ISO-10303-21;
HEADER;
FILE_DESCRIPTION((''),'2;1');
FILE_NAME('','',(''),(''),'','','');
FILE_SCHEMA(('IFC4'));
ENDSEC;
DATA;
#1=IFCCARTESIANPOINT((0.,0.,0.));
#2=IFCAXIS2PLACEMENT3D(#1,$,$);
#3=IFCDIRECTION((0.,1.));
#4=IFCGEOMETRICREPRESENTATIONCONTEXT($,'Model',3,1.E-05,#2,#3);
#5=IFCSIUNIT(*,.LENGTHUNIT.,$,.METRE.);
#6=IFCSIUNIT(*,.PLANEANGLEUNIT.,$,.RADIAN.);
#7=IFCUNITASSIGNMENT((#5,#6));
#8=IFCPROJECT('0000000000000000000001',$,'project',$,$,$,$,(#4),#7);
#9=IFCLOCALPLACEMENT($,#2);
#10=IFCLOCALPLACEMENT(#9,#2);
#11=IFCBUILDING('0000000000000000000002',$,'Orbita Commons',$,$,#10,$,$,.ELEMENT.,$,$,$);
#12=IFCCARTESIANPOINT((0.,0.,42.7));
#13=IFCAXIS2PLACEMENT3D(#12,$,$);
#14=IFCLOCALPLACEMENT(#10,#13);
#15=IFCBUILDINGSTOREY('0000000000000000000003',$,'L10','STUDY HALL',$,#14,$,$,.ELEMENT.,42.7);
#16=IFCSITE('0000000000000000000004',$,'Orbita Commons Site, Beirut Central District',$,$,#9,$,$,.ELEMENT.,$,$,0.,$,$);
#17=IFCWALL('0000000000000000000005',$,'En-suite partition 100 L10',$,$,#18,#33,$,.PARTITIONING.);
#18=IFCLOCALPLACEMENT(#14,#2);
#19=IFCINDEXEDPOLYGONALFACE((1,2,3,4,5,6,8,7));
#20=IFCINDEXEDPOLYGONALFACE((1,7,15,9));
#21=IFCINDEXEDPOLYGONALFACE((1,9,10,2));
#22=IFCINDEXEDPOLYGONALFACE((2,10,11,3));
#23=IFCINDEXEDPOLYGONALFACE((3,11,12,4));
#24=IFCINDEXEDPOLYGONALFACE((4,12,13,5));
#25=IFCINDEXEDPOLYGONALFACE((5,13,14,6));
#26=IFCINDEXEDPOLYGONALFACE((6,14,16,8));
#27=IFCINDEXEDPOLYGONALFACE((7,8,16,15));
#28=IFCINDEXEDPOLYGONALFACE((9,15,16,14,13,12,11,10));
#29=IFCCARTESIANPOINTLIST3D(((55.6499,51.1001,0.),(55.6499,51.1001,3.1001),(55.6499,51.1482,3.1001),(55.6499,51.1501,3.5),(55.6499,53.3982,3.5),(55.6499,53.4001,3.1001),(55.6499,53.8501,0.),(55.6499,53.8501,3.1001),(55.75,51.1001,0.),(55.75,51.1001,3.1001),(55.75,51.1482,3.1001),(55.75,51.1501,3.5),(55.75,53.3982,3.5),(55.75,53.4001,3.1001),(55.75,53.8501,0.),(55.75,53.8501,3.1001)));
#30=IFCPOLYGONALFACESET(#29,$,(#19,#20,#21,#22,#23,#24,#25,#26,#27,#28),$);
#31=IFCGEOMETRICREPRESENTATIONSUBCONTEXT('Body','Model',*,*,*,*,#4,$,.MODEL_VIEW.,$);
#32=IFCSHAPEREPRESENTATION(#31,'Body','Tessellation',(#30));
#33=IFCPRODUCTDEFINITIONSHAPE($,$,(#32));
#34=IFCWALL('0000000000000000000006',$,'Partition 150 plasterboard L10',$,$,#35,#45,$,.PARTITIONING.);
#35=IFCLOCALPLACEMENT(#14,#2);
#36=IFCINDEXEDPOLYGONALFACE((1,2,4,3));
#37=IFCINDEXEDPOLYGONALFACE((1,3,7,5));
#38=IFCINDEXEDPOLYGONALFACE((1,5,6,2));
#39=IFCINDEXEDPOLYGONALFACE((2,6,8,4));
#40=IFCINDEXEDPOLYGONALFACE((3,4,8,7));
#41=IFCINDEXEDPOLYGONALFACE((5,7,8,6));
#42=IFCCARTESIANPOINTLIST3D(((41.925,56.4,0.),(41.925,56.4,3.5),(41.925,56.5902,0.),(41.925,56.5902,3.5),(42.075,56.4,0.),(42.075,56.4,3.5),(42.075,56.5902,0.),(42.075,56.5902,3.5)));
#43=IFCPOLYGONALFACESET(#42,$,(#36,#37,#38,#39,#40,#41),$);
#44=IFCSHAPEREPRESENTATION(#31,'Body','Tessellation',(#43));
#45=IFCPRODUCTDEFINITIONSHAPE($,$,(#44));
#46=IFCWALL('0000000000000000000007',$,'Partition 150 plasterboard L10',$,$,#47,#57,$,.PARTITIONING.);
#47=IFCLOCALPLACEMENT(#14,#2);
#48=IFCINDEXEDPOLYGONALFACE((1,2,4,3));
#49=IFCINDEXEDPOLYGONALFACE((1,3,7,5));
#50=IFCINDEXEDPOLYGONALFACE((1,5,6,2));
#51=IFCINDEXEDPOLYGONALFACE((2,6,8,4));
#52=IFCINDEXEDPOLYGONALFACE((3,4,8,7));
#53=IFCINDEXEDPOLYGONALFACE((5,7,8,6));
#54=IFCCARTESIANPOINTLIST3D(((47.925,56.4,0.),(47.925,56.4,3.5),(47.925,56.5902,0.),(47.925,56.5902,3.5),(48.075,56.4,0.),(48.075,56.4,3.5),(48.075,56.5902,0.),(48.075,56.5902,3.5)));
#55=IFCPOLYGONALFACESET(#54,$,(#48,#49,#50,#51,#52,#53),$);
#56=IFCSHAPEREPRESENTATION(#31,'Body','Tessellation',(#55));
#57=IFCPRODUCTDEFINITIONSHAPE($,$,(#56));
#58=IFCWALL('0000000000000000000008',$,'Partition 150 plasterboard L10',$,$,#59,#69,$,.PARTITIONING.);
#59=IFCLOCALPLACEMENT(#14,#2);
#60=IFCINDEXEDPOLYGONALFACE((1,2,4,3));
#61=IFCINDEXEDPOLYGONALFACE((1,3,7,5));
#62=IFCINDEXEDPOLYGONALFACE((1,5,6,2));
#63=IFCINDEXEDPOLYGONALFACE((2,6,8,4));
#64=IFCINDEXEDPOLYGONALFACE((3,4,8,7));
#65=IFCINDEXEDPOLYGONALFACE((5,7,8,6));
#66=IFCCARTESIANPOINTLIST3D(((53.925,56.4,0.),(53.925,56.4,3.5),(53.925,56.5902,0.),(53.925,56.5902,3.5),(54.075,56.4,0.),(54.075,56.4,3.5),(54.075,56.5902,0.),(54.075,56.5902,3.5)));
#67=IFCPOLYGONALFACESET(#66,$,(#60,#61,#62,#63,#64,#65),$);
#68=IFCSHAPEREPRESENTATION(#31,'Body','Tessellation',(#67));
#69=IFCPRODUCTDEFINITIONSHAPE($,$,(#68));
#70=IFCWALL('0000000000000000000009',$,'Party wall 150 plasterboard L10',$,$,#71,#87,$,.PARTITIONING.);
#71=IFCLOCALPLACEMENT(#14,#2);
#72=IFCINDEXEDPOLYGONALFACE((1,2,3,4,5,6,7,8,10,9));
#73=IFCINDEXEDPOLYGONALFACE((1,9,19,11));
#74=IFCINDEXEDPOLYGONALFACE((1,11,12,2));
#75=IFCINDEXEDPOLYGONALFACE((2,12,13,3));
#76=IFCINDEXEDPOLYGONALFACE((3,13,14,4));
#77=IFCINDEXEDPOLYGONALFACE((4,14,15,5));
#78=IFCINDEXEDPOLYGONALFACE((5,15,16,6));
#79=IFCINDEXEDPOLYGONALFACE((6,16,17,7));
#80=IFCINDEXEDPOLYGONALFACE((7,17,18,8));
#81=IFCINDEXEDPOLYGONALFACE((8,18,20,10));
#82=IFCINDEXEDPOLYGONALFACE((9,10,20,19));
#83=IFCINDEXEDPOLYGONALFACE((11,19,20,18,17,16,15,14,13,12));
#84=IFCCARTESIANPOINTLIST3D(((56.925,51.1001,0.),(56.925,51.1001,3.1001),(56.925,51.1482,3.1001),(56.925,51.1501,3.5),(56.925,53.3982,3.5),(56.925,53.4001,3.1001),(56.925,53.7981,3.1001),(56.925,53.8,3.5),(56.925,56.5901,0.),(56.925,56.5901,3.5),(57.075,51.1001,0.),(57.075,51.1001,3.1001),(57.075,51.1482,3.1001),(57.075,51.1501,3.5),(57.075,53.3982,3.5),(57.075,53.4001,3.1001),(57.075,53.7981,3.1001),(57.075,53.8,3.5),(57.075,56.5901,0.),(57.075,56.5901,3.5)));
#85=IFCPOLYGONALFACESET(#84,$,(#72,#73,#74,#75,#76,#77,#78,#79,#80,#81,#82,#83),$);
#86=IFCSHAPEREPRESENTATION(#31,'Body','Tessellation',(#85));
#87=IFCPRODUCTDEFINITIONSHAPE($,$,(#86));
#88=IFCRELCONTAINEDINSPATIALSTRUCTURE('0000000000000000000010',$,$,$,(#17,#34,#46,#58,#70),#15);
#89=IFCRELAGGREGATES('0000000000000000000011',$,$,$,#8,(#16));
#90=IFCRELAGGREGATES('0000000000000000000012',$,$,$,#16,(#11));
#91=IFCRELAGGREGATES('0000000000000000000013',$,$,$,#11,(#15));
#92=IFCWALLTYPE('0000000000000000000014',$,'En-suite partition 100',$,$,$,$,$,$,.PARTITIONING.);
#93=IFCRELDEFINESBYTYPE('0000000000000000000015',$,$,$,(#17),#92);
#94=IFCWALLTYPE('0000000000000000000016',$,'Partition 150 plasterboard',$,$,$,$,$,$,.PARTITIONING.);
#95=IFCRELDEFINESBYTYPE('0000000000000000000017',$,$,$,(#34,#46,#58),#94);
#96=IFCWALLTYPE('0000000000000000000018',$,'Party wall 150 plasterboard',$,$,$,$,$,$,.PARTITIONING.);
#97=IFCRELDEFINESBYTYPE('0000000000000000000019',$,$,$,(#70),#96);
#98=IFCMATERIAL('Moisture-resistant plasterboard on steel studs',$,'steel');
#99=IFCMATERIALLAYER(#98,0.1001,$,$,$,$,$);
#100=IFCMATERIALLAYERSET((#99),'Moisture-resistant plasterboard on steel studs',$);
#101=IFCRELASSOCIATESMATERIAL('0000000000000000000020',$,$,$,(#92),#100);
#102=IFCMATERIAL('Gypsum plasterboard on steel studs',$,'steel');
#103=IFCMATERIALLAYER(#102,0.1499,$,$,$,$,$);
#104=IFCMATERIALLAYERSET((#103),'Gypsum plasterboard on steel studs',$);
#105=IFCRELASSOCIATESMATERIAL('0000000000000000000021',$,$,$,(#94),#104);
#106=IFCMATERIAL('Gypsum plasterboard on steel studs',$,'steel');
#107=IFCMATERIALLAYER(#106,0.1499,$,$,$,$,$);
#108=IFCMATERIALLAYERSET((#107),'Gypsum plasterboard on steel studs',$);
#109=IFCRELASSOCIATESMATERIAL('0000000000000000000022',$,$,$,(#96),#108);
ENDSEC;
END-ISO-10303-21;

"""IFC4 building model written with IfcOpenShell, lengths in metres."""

from ifc_helpers import new_model, si_unit, direction, frame, frame_2d, origin, place, context, subcontext, project, spatial, polyline, rectangle, outline, extrude, material, layer, layer_set, type_object, element, save


model = new_model("IFC4")

# Units and contexts
model_context = context("Model", 3, precision=1e-05, world=origin(), true_north=direction((0.0, 1.0)))
body_context = subcontext(model_context, "Body", "Model", "MODEL_VIEW")
ifc_project = project(units=[si_unit("LENGTHUNIT", "METRE"), si_unit("PLANEANGLEUNIT", "RADIAN")], contexts=[model_context])

# Site, building, storey
site_placement = place(None, origin())
site = spatial("IfcSite", under=ifc_project, at=site_placement, Name="Orbita Commons Site, Beirut Central District", CompositionType="ELEMENT", RefElevation=0.0)
building_placement = place(site_placement, origin())
building = spatial("IfcBuilding", under=site, at=building_placement, Name="Orbita Commons", CompositionType="ELEMENT")
storey_placement = place(building_placement, frame((0.0, 0.0, 42.7)))
storey = spatial("IfcBuildingStorey", under=building, at=storey_placement, Name="L10", Description="STUDY HALL", CompositionType="ELEMENT", Elevation=42.7)

# Shared definitions
ifc_material_1 = material(Name="Moisture-resistant plasterboard on steel studs", Category="steel")
ifc_layer_1 = layer(ifc_material_1, 0.1001)
ifc_layer_set_1 = layer_set([ifc_layer_1], Name="Moisture-resistant plasterboard on steel studs")
wall_type_1 = type_object("IfcWallType", Name="En-suite partition 100", PredefinedType="PARTITIONING", material=ifc_layer_set_1)

# Walls
wall_1_placement = place(storey_placement, frame((55.7, 53.8501, 0.0), z_axis=(0.0, 0.0, 1.0), x_axis=(0.0, -1.0, 0.0)))
element("IfcWall", 1, at=wall_1_placement, inside=storey, type_object=wall_type_1, Name="En-suite partition 100 L10", PredefinedType="PARTITIONING", context=body_context, shape_type="SweptSolid", body=[
    extrude(outline(polyline([(0.0, 0.0), (2.75, 0.0), (2.75, 3.1001), (2.7019, 3.1001), (2.7, 3.5), (0.4519, 3.5), (0.45, 3.1001), (0.0, 3.1001), (0.0, 0.0)])), frame((0.0, 0.05, 0.0), z_axis=(0.0, -1.0, 0.0), x_axis=(1.0, 0.0, 0.0)), (0.0, 0.0, 1.0), 0.1001),
])
ifc_material_2 = material(Name="Gypsum plasterboard on steel studs", Category="steel")
ifc_layer_2 = layer(ifc_material_2, 0.1499)
ifc_layer_set_2 = layer_set([ifc_layer_2], Name="Gypsum plasterboard on steel studs")
wall_type_2 = type_object("IfcWallType", Name="Partition 150 plasterboard", PredefinedType="PARTITIONING", material=ifc_layer_set_2)
for number, where, z_axis, x_axis, name in (
    (2, (42.0, 56.3999, 0.0), (0.0, 0.0, 1.0), (0.0, 1.0, 0.0), "Partition 150 plasterboard L10"),
    (3, (48.0, 56.3999, 0.0), (0.0, 0.0, 1.0), (0.0, 1.0, 0.0), "Partition 150 plasterboard L10"),
    (4, (54.0, 56.3999, 0.0), (0.0, 0.0, 1.0), (0.0, 1.0, 0.0), "Partition 150 plasterboard L10"),
):
    element("IfcWall", number, at=place(storey_placement, frame(where, z_axis=z_axis, x_axis=x_axis)), inside=storey, type_object=wall_type_2, Name=name, PredefinedType="PARTITIONING", context=body_context, shape_type="SweptSolid", body=[
        extrude(rectangle(XDim=0.1902, YDim=0.1499, at=frame_2d((0.0952, 0.0))), origin(), (0.0, 0.0, 1.0), 3.5),
    ])
ifc_material_3 = material(Name="Gypsum plasterboard on steel studs", Category="steel")
ifc_layer_3 = layer(ifc_material_3, 0.1499)
ifc_layer_set_3 = layer_set([ifc_layer_3], Name="Gypsum plasterboard on steel studs")
wall_type_3 = type_object("IfcWallType", Name="Party wall 150 plasterboard", PredefinedType="PARTITIONING", material=ifc_layer_set_3)
wall_2_placement = place(storey_placement, frame((57.0, 56.5901, 0.0), z_axis=(0.0, 0.0, 1.0), x_axis=(0.0, -1.0, 0.0)))
element("IfcWall", 5, at=wall_2_placement, inside=storey, type_object=wall_type_3, Name="Party wall 150 plasterboard L10", PredefinedType="PARTITIONING", context=body_context, shape_type="SweptSolid", body=[
    extrude(outline(polyline([(0.0, 0.0), (5.49, 0.0), (5.49, 3.1001), (5.4419, 3.1001), (5.4399, 3.5), (3.1919, 3.5), (3.1899, 3.1001), (2.792, 3.1001), (2.79, 3.5), (0.0, 3.5), (0.0, 0.0)])), frame((0.0, 0.075, 0.0), z_axis=(0.0, -1.0, 0.0), x_axis=(1.0, 0.0, 0.0)), (0.0, 0.0, 1.0), 0.1499),
])

save(model, "model.ifc")
